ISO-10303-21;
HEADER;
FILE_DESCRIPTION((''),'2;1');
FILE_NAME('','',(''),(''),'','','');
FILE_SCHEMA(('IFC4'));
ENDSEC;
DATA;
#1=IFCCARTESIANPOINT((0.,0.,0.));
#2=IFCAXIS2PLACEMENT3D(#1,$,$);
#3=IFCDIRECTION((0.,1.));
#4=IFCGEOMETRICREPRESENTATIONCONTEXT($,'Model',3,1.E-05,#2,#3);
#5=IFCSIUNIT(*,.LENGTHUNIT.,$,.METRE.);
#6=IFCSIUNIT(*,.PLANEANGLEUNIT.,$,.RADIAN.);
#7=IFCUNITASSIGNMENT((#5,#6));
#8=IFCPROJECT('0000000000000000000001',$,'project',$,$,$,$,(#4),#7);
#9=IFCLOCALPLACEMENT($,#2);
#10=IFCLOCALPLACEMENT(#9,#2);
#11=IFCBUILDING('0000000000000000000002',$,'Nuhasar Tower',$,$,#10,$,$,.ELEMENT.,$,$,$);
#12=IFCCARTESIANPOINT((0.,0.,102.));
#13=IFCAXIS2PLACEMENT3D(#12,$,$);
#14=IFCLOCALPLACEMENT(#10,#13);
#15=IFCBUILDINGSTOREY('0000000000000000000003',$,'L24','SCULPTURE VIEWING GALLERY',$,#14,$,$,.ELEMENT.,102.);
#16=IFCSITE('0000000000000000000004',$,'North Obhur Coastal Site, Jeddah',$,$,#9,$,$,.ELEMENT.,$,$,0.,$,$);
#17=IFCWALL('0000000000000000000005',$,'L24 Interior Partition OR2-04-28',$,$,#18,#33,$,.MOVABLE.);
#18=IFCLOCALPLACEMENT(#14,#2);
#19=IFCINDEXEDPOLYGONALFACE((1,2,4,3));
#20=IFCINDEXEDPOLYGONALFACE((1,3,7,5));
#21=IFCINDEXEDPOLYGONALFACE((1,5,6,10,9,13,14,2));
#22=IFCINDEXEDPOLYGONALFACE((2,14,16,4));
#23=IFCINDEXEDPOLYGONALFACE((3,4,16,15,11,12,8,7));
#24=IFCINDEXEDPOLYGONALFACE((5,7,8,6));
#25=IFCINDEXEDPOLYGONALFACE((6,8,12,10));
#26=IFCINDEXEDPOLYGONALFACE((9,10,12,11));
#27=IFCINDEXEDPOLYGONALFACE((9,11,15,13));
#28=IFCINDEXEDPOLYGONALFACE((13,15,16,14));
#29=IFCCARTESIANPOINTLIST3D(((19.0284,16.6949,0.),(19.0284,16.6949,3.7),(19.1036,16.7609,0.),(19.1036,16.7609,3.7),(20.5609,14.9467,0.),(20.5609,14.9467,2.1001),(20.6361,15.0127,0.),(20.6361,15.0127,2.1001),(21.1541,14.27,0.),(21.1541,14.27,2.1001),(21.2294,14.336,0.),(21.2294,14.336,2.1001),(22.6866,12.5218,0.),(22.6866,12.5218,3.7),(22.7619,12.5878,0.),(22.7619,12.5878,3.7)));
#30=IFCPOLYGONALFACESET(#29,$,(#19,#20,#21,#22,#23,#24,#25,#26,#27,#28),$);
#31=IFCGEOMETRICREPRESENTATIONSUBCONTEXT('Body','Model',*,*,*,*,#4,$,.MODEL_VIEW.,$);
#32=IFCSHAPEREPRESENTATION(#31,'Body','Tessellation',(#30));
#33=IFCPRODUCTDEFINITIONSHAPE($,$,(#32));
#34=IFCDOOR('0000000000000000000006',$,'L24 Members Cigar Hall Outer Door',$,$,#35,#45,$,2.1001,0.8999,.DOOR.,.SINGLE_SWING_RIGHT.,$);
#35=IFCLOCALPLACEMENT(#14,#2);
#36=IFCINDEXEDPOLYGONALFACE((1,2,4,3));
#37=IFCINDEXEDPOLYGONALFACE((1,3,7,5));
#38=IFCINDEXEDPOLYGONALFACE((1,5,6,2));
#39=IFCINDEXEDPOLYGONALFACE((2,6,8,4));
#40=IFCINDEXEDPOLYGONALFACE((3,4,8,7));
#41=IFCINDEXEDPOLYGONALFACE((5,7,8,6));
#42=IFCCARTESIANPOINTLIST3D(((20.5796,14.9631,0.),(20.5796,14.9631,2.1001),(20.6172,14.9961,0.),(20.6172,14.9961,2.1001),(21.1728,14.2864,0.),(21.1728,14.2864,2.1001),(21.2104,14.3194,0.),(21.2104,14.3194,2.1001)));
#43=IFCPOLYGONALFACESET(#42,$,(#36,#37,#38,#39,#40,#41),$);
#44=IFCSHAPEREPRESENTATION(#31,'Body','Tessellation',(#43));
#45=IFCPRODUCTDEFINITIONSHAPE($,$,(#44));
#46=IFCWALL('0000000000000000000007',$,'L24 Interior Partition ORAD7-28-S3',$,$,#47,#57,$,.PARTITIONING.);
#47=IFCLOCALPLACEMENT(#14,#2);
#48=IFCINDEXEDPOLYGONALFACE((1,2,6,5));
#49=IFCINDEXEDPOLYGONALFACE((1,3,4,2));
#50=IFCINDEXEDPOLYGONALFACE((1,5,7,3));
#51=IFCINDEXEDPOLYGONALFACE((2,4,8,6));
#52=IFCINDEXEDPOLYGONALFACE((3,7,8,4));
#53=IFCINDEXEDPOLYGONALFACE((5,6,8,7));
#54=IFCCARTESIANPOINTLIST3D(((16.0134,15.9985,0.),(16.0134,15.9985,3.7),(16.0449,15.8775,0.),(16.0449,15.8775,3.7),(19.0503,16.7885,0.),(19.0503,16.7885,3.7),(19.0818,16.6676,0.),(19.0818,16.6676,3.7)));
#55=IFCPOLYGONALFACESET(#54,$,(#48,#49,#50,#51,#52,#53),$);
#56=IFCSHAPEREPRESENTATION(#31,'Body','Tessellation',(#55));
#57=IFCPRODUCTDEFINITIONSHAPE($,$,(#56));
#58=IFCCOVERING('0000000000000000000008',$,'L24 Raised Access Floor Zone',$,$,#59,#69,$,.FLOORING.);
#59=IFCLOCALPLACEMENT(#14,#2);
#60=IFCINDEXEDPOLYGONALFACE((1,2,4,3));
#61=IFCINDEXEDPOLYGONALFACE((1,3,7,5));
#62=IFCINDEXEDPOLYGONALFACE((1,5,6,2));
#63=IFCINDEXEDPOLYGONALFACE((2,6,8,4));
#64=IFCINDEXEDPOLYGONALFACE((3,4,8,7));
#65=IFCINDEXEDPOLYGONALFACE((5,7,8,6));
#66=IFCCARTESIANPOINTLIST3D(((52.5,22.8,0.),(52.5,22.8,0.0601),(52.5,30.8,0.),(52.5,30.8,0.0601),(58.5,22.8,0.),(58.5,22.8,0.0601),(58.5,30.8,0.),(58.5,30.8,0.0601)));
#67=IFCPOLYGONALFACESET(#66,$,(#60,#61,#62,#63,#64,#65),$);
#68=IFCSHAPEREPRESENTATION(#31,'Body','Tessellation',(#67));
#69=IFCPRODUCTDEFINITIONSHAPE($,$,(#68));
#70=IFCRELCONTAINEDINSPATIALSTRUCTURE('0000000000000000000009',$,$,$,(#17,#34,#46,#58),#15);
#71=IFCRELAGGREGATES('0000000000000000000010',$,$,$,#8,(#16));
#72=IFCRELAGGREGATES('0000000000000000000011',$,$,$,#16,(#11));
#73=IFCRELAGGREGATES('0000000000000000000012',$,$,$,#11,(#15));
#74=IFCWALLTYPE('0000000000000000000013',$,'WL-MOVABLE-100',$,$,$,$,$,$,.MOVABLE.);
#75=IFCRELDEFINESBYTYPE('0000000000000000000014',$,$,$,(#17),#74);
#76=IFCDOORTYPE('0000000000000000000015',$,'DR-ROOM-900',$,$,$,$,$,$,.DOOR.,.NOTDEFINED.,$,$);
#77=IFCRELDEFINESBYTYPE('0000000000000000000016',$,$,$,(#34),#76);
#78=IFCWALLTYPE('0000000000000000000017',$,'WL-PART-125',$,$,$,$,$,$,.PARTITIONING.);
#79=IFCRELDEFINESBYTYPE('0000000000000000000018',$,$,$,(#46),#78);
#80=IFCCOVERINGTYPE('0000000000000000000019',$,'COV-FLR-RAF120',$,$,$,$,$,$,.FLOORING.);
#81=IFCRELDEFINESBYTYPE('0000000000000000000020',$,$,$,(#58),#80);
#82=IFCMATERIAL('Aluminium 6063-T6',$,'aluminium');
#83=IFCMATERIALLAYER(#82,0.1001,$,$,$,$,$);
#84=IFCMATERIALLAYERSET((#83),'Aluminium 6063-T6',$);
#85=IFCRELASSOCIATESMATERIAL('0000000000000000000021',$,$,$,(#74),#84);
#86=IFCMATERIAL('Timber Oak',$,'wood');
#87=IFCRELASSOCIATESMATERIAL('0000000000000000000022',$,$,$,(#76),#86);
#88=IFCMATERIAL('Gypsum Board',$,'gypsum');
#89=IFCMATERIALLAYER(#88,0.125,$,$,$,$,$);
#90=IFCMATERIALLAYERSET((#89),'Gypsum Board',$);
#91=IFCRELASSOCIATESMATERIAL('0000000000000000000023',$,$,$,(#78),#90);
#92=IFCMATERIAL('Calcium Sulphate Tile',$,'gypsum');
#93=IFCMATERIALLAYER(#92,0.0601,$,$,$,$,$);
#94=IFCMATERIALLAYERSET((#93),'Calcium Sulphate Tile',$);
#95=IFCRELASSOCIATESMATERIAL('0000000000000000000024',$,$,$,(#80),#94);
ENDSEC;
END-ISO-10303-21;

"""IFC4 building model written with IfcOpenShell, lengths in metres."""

from ifc_helpers import new_model, si_unit, direction, frame, frame_2d, origin, place, context, subcontext, project, spatial, polyline, rectangle, outline, extrude, material, layer, layer_set, type_object, element, fill, save


model = new_model("IFC4")

# Units and contexts
model_context = context("Model", 3, precision=1e-05, world=origin(), true_north=direction((0.0, 1.0)))
body_context = subcontext(model_context, "Body", "Model", "MODEL_VIEW")
ifc_project = project(units=[si_unit("LENGTHUNIT", "METRE"), si_unit("PLANEANGLEUNIT", "RADIAN")], contexts=[model_context])

# Site, building, storey
site_placement = place(None, origin())
site = spatial("IfcSite", under=ifc_project, at=site_placement, Name="North Obhur Coastal Site, Jeddah", CompositionType="ELEMENT", RefElevation=0.0)
building_placement = place(site_placement, origin())
building = spatial("IfcBuilding", under=site, at=building_placement, Name="Nuhasar Tower", CompositionType="ELEMENT")
storey_placement = place(building_placement, frame((0.0, 0.0, 102.0)))
storey = spatial("IfcBuildingStorey", under=building, at=storey_placement, Name="L24", Description="SCULPTURE VIEWING GALLERY", CompositionType="ELEMENT", Elevation=102.0)

# Shared definitions
ifc_material_1 = material(Name="Aluminium 6063-T6", Category="aluminium")

# Shared definitions
ifc_layer_1 = layer(ifc_material_1, 0.1001)
ifc_layer_set_1 = layer_set([ifc_layer_1], Name="Aluminium 6063-T6")
wall_type_1 = type_object("IfcWallType", Name="WL-MOVABLE-100", PredefinedType="MOVABLE", material=ifc_layer_set_1)

# Wall, opening, door
wall_1_placement = place(storey_placement, frame((19.0659, 16.728, 0.0), z_axis=(0.0, 0.0, 1.0), x_axis=(0.659193, -0.751974, 0.0)))
wall_1 = element("IfcWall", 1, at=wall_1_placement, inside=storey, type_object=wall_type_1, Name="L24 Interior Partition OR2-04-28", PredefinedType="MOVABLE", context=body_context, shape_type="SweptSolid", body=[
    extrude(rectangle(XDim=5.5496, YDim=0.1001, at=frame_2d((2.7749, 0.0))), origin(), (0.0, 0.0, 1.0), 3.7),
])
opening_placement = place(wall_1_placement, frame((2.325, 0.0, 0.0)))
opening = element("IfcOpeningElement", 2, at=opening_placement, cuts=wall_1, PredefinedType="OPENING", context=body_context, shape_type="SweptSolid", body=[
    extrude(rectangle(XDim=0.8999, YDim=2.1001, at=frame_2d((0.45, 1.05))), frame((0.0, 0.0601, 0.0), z_axis=(0.0, -1.0, 0.0), x_axis=(1.0, 0.0, 0.0)), (0.0, 0.0, 1.0), 0.1201),
])
ifc_material_2 = material(Name="Timber Oak", Category="wood")
door_type = type_object("IfcDoorType", Name="DR-ROOM-900", OperationType="NOTDEFINED", PredefinedType="DOOR", material=ifc_material_2)
door_placement = place(opening_placement, origin())
door = element("IfcDoor", 3, at=door_placement, inside=storey, type_object=door_type, Name="L24 Members Cigar Hall Outer Door", OperationType="SINGLE_SWING_RIGHT", OverallHeight=2.1001, OverallWidth=0.8999, PredefinedType="DOOR", context=body_context, shape_type="SweptSolid", body=[
    extrude(rectangle(XDim=0.8999, YDim=2.1001, at=frame_2d((0.45, 1.05))), frame((0.0, 0.0249, 0.0), z_axis=(0.0, -1.0, 0.0), x_axis=(1.0, 0.0, 0.0)), (0.0, 0.0, 1.0), 0.05),
])
fill(opening, door)

# Wall
ifc_material_3 = material(Name="Gypsum Board", Category="gypsum")
ifc_layer_2 = layer(ifc_material_3, 0.125)
ifc_layer_set_2 = layer_set([ifc_layer_2], Name="Gypsum Board")
wall_type_2 = type_object("IfcWallType", Name="WL-PART-125", PredefinedType="PARTITIONING", material=ifc_layer_set_2)
wall_2_placement = place(storey_placement, frame((19.0659, 16.728, 0.0), z_axis=(0.0, 0.0, 1.0), x_axis=(-0.967787, -0.251769, 0.0)))
element("IfcWall", 4, at=wall_2_placement, inside=storey, type_object=wall_type_2, Name="L24 Interior Partition ORAD7-28-S3", PredefinedType="PARTITIONING", context=body_context, shape_type="SweptSolid", body=[
    extrude(rectangle(XDim=3.1379, YDim=0.125, at=frame_2d((1.5688, 0.0))), origin(), (0.0, 0.0, 1.0), 3.7),
])

# Covering
ifc_material_4 = material(Name="Calcium Sulphate Tile", Category="gypsum")
ifc_layer_3 = layer(ifc_material_4, 0.0601)
ifc_layer_set_3 = layer_set([ifc_layer_3], Name="Calcium Sulphate Tile")
covering_type = type_object("IfcCoveringType", Name="COV-FLR-RAF120", PredefinedType="FLOORING", material=ifc_layer_set_3)
covering_placement = place(storey_placement, origin())
element("IfcCovering", 5, at=covering_placement, inside=storey, type_object=covering_type, Name="L24 Raised Access Floor Zone", PredefinedType="FLOORING", context=body_context, shape_type="SweptSolid", body=[
    extrude(outline(polyline([(52.5, 22.8), (58.5, 22.8), (58.5, 30.8), (52.5, 30.8), (52.5, 22.8)])), origin(), (0.0, 0.0, 1.0), 0.0601),
])

save(model, "model.ifc")
